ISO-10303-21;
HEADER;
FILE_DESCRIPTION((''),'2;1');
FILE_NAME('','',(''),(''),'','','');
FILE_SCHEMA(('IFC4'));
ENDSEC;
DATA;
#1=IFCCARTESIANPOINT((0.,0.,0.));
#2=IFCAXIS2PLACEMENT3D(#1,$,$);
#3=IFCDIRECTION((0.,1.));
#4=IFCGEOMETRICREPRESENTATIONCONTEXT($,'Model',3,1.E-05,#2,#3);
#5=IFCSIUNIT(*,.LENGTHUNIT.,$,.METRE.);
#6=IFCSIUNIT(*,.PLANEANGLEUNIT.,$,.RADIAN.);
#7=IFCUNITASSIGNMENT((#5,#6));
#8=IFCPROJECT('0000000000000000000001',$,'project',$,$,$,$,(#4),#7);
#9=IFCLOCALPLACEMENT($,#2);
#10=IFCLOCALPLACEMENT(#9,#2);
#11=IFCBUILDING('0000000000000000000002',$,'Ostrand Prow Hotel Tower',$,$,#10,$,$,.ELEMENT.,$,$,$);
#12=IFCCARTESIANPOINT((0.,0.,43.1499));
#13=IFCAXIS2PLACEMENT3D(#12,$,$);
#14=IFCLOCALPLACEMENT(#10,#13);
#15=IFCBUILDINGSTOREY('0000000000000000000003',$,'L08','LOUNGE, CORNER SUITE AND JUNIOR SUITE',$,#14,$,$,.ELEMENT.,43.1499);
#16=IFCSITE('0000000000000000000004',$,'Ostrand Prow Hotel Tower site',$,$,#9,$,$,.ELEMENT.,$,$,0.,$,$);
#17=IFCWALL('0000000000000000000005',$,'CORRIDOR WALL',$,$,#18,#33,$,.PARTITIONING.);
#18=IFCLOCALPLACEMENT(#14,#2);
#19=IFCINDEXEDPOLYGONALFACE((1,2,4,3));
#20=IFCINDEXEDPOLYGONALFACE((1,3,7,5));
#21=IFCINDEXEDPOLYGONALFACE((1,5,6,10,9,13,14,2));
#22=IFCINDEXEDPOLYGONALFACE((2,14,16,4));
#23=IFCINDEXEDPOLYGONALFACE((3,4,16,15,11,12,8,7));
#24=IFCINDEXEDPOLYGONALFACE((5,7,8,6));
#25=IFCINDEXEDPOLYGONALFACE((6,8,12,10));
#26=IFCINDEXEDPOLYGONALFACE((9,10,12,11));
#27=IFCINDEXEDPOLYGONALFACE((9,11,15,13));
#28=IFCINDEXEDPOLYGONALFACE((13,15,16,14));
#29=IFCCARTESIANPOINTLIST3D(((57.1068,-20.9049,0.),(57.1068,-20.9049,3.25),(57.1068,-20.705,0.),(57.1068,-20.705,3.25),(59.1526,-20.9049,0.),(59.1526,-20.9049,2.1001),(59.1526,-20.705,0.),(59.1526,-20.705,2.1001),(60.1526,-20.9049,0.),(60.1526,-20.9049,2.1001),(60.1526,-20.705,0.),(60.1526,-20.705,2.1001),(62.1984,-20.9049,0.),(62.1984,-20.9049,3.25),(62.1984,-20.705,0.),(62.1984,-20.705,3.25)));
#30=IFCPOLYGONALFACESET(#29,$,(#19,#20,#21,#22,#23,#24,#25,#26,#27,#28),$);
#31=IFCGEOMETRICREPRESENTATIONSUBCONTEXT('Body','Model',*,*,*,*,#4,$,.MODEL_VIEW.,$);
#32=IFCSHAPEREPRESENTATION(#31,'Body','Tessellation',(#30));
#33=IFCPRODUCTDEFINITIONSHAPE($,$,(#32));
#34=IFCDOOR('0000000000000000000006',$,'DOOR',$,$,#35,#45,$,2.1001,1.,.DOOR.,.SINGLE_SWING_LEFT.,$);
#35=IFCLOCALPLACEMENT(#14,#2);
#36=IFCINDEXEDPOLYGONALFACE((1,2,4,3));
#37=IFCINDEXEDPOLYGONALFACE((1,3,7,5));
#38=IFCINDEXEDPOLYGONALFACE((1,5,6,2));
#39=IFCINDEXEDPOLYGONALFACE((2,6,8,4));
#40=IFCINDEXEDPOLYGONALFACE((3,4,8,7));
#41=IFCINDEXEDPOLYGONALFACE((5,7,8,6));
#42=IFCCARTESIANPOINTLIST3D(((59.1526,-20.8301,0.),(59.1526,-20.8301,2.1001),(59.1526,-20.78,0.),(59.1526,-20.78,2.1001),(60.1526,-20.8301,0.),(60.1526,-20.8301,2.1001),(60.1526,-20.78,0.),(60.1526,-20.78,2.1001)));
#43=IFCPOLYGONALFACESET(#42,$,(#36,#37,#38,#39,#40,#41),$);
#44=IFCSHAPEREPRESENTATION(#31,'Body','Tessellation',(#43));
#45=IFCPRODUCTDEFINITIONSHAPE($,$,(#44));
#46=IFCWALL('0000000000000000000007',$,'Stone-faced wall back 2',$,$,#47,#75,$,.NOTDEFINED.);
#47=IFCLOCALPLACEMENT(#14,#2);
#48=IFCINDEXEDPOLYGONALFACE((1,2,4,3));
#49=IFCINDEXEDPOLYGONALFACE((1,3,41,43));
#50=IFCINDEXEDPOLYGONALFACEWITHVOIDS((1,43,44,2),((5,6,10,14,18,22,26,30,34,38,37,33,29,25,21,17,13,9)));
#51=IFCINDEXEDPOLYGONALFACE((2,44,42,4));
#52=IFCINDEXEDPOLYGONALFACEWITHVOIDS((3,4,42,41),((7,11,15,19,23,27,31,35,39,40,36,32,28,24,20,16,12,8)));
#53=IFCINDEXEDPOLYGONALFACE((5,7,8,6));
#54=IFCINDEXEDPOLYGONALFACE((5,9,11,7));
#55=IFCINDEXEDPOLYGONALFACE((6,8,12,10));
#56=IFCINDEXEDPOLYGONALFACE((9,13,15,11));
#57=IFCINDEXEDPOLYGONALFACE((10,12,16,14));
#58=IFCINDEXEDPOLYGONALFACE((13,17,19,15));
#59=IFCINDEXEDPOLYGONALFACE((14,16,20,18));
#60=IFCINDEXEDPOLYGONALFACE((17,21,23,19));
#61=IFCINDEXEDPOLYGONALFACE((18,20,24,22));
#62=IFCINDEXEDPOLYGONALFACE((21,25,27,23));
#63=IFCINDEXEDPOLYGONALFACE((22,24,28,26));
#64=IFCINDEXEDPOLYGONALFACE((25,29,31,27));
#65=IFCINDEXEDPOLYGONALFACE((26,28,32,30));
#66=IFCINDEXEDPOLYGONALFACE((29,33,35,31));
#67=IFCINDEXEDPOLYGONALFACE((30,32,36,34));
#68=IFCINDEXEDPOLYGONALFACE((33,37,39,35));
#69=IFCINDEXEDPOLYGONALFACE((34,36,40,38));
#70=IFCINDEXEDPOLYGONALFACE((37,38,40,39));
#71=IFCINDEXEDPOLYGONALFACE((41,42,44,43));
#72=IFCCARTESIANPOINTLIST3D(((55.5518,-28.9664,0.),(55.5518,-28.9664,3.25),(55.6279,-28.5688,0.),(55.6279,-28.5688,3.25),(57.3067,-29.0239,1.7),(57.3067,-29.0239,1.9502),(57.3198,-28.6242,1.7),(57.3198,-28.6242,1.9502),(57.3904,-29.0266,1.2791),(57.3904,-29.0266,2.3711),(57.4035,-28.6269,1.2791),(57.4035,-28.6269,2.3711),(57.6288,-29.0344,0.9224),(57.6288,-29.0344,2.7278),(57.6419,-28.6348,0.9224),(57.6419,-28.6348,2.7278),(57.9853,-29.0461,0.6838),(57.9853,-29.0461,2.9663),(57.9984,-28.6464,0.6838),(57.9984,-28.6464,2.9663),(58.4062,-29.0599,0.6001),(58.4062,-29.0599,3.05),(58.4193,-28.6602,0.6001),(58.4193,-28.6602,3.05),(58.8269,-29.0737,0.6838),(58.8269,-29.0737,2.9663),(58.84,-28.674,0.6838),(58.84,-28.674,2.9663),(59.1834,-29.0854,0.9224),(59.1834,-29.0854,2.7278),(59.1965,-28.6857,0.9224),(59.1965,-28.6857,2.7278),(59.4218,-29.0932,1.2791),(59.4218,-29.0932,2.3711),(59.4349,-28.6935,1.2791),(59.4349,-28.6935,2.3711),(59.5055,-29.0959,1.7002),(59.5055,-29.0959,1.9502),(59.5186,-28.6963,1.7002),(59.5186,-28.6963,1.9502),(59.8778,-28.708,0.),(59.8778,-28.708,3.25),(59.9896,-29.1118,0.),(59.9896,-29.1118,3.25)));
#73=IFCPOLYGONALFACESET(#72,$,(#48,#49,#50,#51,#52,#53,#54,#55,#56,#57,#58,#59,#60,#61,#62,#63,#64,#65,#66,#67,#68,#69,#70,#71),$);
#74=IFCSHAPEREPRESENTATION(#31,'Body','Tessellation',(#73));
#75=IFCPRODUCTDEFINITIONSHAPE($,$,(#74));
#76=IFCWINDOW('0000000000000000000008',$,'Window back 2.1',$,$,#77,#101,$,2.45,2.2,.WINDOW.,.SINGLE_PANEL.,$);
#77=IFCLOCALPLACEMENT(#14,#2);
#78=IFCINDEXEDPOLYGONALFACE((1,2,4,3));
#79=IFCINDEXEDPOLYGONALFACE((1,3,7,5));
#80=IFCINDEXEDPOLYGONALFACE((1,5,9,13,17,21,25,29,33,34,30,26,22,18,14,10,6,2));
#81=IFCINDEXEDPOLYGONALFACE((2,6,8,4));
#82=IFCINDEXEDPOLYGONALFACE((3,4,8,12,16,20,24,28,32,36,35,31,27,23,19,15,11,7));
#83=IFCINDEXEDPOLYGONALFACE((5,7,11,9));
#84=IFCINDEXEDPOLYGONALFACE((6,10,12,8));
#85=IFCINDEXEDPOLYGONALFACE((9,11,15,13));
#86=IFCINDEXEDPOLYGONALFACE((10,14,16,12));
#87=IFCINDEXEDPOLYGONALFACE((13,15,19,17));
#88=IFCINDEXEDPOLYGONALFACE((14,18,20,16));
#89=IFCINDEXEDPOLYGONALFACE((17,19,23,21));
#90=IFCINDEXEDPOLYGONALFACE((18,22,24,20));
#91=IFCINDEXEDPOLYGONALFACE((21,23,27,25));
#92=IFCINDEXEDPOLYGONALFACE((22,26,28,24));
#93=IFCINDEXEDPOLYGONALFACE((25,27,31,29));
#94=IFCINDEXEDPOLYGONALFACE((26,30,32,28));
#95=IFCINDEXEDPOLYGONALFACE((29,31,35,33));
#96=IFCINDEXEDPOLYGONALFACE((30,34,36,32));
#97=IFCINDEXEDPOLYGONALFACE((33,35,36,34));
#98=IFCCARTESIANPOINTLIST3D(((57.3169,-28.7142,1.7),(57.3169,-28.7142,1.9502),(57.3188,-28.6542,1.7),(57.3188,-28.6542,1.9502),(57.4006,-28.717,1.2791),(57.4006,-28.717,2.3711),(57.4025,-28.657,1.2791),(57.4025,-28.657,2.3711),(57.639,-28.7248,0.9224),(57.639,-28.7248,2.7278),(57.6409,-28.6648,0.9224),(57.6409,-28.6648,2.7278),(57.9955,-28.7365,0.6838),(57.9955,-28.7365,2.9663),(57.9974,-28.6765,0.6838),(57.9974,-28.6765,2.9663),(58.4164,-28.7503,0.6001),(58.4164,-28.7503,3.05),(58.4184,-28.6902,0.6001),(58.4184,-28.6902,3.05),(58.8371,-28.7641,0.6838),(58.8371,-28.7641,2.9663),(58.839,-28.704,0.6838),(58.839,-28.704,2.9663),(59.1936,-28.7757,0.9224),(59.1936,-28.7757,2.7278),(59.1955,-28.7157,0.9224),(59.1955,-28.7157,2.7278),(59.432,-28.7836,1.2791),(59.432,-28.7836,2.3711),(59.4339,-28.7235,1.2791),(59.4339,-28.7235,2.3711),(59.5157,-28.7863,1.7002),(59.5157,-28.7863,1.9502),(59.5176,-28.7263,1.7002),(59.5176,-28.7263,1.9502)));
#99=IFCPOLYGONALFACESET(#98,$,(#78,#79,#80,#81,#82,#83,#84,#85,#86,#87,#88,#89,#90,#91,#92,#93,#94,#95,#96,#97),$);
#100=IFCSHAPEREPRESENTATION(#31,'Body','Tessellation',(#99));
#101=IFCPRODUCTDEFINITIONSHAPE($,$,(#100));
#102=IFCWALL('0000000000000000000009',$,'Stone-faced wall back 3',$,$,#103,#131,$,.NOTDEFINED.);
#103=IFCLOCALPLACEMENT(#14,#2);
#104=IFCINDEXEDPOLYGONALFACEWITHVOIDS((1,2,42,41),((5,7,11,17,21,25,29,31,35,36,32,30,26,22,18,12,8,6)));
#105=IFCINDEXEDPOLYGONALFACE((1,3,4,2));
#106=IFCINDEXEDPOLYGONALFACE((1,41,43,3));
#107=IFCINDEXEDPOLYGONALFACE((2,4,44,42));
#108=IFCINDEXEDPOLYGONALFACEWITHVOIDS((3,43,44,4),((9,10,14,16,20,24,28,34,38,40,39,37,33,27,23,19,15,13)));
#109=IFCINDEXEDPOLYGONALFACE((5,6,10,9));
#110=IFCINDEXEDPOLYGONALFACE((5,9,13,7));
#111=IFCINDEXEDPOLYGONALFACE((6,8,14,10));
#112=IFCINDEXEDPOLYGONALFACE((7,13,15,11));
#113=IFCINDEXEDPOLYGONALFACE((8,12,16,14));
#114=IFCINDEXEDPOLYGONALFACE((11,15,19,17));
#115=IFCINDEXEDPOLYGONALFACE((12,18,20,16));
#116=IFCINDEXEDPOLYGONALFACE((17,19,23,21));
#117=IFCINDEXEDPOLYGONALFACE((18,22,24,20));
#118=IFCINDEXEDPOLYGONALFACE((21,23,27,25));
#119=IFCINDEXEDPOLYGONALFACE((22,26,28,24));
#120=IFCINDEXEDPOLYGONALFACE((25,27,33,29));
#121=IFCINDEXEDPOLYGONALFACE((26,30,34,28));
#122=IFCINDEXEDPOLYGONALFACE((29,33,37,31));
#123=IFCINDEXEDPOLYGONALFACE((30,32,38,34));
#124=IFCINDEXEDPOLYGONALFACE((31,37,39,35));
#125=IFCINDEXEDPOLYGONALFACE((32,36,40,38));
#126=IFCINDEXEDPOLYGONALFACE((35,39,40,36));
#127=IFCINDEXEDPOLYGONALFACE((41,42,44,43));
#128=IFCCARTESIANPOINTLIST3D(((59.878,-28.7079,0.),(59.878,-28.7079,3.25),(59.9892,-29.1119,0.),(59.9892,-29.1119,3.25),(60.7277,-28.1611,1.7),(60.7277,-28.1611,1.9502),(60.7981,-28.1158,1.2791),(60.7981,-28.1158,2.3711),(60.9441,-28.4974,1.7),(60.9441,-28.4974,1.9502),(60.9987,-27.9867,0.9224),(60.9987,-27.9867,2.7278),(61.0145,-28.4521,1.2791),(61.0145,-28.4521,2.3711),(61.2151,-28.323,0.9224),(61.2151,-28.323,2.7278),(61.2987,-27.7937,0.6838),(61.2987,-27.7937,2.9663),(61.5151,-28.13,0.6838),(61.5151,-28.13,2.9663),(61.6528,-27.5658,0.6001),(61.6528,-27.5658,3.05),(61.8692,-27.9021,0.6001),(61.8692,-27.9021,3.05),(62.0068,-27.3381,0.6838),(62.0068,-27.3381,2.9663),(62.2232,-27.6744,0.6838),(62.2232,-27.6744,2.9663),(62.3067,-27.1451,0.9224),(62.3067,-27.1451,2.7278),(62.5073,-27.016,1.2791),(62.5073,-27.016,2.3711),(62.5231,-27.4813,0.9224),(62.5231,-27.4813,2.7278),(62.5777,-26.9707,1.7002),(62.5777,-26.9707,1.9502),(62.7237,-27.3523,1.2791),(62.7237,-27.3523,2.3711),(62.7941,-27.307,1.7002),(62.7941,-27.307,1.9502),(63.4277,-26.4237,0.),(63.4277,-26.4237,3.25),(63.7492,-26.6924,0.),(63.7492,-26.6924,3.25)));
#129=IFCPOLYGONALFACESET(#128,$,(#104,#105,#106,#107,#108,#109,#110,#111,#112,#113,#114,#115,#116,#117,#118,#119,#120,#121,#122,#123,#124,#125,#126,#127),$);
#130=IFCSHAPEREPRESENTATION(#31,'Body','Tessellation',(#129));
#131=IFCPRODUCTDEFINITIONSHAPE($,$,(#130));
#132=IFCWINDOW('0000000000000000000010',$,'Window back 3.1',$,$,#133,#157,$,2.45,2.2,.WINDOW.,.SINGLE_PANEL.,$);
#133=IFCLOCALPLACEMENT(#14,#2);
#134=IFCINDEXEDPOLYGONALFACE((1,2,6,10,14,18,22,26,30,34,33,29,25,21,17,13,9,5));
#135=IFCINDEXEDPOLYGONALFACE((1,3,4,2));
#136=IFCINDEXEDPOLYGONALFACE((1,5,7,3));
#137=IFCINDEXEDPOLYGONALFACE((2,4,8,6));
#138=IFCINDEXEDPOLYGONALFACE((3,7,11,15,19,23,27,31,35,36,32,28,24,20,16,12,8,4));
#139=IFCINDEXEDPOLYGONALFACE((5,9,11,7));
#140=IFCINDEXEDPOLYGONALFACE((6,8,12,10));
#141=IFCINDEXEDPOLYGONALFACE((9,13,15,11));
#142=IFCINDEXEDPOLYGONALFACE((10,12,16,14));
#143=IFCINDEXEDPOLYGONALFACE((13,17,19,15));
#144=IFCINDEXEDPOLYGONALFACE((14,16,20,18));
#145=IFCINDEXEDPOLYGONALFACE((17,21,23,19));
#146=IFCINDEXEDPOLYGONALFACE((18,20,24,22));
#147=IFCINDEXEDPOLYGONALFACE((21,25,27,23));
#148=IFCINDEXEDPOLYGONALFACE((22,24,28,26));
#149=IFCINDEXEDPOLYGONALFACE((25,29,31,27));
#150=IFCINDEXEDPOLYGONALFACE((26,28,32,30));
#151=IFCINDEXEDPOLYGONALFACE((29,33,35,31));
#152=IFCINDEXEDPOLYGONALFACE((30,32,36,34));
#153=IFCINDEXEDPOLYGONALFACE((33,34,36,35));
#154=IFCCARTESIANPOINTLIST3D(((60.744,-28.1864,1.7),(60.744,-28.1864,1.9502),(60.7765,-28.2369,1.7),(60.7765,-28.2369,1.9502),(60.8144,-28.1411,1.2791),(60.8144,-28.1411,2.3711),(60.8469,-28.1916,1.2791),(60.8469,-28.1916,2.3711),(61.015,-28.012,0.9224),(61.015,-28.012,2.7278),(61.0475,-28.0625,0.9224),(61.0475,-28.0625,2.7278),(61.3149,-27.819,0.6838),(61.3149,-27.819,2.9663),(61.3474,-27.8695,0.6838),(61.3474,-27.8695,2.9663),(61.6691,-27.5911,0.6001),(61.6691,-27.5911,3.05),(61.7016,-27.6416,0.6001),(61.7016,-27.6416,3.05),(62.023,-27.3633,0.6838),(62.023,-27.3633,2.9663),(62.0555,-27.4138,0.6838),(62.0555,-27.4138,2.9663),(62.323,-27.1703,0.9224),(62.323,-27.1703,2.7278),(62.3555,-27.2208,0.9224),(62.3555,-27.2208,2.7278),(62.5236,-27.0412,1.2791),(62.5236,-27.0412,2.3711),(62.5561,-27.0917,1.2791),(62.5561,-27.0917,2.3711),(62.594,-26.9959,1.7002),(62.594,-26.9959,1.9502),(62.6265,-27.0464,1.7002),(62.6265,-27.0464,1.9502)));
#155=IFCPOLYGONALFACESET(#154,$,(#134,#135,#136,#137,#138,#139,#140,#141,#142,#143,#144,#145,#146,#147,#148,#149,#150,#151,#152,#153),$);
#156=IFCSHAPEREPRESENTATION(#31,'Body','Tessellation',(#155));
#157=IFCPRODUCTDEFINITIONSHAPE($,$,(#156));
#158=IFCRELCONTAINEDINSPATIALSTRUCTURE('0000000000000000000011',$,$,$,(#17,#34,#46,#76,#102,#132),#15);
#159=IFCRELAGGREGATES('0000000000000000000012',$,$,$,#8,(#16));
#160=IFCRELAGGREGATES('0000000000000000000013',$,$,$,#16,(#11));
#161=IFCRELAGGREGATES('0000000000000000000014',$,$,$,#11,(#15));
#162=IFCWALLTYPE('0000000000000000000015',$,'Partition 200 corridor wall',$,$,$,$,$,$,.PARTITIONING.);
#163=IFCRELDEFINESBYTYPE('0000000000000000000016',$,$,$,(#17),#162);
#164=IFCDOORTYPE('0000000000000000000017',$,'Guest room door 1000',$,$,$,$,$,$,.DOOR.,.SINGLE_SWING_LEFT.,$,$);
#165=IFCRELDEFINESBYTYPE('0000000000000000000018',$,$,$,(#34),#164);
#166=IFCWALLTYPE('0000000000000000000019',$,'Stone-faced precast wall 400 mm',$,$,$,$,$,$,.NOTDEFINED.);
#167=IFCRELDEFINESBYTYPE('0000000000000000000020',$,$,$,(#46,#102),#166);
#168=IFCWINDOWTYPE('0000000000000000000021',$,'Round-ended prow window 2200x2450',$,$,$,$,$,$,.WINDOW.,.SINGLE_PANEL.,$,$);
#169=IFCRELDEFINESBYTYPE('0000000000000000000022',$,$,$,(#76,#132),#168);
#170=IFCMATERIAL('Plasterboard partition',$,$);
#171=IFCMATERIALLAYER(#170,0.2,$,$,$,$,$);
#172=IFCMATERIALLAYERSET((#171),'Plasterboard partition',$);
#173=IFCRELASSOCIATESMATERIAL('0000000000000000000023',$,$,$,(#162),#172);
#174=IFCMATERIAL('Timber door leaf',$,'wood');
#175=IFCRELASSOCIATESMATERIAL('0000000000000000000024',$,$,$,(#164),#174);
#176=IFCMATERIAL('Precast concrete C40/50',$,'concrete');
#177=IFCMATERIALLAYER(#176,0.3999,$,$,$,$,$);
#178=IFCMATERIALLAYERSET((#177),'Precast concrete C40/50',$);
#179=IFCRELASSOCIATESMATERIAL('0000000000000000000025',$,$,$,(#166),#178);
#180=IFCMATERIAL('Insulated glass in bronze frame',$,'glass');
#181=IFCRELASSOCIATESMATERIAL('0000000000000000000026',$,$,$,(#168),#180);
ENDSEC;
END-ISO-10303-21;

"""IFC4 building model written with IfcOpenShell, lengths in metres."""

from ifc_helpers import new_model, si_unit, direction, frame, frame_2d, origin, place, context, subcontext, project, spatial, polyline, rectangle, outline, extrude, material, layer, layer_set, type_object, element, fill, save


model = new_model("IFC4")

# Units and contexts
model_context = context("Model", 3, precision=1e-05, world=origin(), true_north=direction((0.0, 1.0)))
body_context = subcontext(model_context, "Body", "Model", "MODEL_VIEW")
ifc_project = project(units=[si_unit("LENGTHUNIT", "METRE"), si_unit("PLANEANGLEUNIT", "RADIAN")], contexts=[model_context])

# Site, building, storey
site_placement = place(None, origin())
site = spatial("IfcSite", under=ifc_project, at=site_placement, Name="Ostrand Prow Hotel Tower site", CompositionType="ELEMENT", RefElevation=0.0)
building_placement = place(site_placement, origin())
building = spatial("IfcBuilding", under=site, at=building_placement, Name="Ostrand Prow Hotel Tower", CompositionType="ELEMENT")
storey_placement = place(building_placement, frame((0.0, 0.0, 43.1499)))
storey = spatial("IfcBuildingStorey", under=building, at=storey_placement, Name="L08", Description="LOUNGE, CORNER SUITE AND JUNIOR SUITE", CompositionType="ELEMENT", Elevation=43.1499)

# Wall, opening, door
ifc_material_1 = material(Name="Plasterboard partition")
ifc_layer_1 = layer(ifc_material_1, 0.2)
ifc_layer_set_1 = layer_set([ifc_layer_1], Name="Plasterboard partition")
wall_type_1 = type_object("IfcWallType", Name="Partition 200 corridor wall", PredefinedType="PARTITIONING", material=ifc_layer_set_1)
wall_1_placement = place(storey_placement, frame((57.1067, -20.8049, 0.0), z_axis=(0.0, 0.0, 1.0), x_axis=(1.0, 0.0, 0.0)))
wall_1 = element("IfcWall", 1, at=wall_1_placement, inside=storey, type_object=wall_type_1, Name="CORRIDOR WALL", PredefinedType="PARTITIONING", context=body_context, shape_type="SweptSolid", body=[
    extrude(rectangle(XDim=5.0916, YDim=0.2, at=frame_2d((2.5459, 0.0))), origin(), (0.0, 0.0, 1.0), 3.25),
])
opening_1_placement = place(wall_1_placement, frame((2.0459, 0.0, 0.0)))
opening_1 = element("IfcOpeningElement", 2, at=opening_1_placement, cuts=wall_1, PredefinedType="OPENING", context=body_context, shape_type="SweptSolid", body=[
    extrude(rectangle(XDim=1.0, YDim=2.1001, at=frame_2d((0.5, 1.05))), frame((0.0, 0.1099, 0.0), z_axis=(0.0, -1.0, 0.0), x_axis=(1.0, 0.0, 0.0)), (0.0, 0.0, 1.0), 0.22),
])
ifc_material_2 = material(Name="Timber door leaf", Category="wood")
door_type_1 = type_object("IfcDoorType", Name="Guest room door 1000", OperationType="SINGLE_SWING_LEFT", PredefinedType="DOOR", material=ifc_material_2)
door_1_placement = place(opening_1_placement, origin())
door_1 = element("IfcDoor", 3, at=door_1_placement, inside=storey, type_object=door_type_1, Name="DOOR", OperationType="SINGLE_SWING_LEFT", OverallHeight=2.1001, OverallWidth=1.0, PredefinedType="DOOR", context=body_context, shape_type="SweptSolid", body=[
    extrude(rectangle(XDim=1.0, YDim=2.1001, at=frame_2d((0.5, 1.05))), frame((0.0, 0.0249, 0.0), z_axis=(0.0, -1.0, 0.0), x_axis=(1.0, 0.0, 0.0)), (0.0, 0.0, 1.0), 0.05),
])
fill(opening_1, door_1)

# Walls, openings, windows
ifc_material_3 = material(Name="Precast concrete C40/50", Category="concrete")
ifc_layer_2 = layer(ifc_material_3, 0.3999)
ifc_layer_set_2 = layer_set([ifc_layer_2], Name="Precast concrete C40/50")
wall_type_2 = type_object("IfcWallType", Name="Stone-faced precast wall 400 mm", PredefinedType="NOTDEFINED", material=ifc_layer_set_2)
wall_2_placement = place(storey_placement, frame((55.5898, -28.7676, 0.0), z_axis=(0.0, 0.0, 1.0), x_axis=(0.999464, -0.03275, 0.0)))
wall_2 = element("IfcWall", 4, at=wall_2_placement, inside=storey, type_object=wall_type_2, Name="Stone-faced wall back 2", PredefinedType="NOTDEFINED", context=body_context, shape_type="SweptSolid", body=[
    extrude(outline(polyline([(-0.0315, -0.2), (4.4087, -0.2), (4.2837, 0.2), (0.0315, 0.2), (-0.0315, -0.2)])), origin(), (0.0, 0.0, 1.0), 3.25),
])
opening_2_placement = place(wall_2_placement, frame((1.7244, 0.0, 0.6001)))
opening_2 = element("IfcOpeningElement", 5, at=opening_2_placement, cuts=wall_2, PredefinedType="OPENING", context=body_context, shape_type="SweptSolid", body=[
    extrude(outline(polyline([(0.0, 1.3501), (0.0837, 1.771), (0.3223, 2.1277), (0.679, 2.3662), (1.1001, 2.45), (1.521, 2.3662), (1.8777, 2.1277), (2.1162, 1.771), (2.2, 1.3501), (2.2, 1.1001), (2.1162, 0.679), (1.8777, 0.3223), (1.521, 0.0837), (1.1001, 0.0), (0.679, 0.0837), (0.3223, 0.3223), (0.0837, 0.679), (0.0, 1.0999), (0.0, 1.3501)])), frame((0.0, 0.21, 0.0), z_axis=(0.0, -1.0, 0.0), x_axis=(1.0, 0.0, 0.0)), (0.0, 0.0, 1.0), 0.4199),
])
ifc_material_4 = material(Name="Insulated glass in bronze frame", Category="glass")
window_type_1 = type_object("IfcWindowType", Name="Round-ended prow window 2200x2450", PartitioningType="SINGLE_PANEL", PredefinedType="WINDOW", material=ifc_material_4)
window_1_placement = place(opening_2_placement, origin())
window_1 = element("IfcWindow", 6, at=window_1_placement, inside=storey, type_object=window_type_1, Name="Window back 2.1", OverallHeight=2.45, OverallWidth=2.2, PartitioningType="SINGLE_PANEL", PredefinedType="WINDOW", context=body_context, shape_type="SweptSolid", body=[
    extrude(outline(polyline([(0.0, 1.3501), (0.0837, 1.771), (0.3223, 2.1277), (0.679, 2.3662), (1.1001, 2.45), (1.521, 2.3662), (1.8777, 2.1277), (2.1162, 1.771), (2.2, 1.3501), (2.2, 1.1001), (2.1162, 0.679), (1.8777, 0.3223), (1.521, 0.0837), (1.1001, 0.0), (0.679, 0.0837), (0.3223, 0.3223), (0.0837, 0.679), (0.0, 1.0999), (0.0, 1.3501)])), frame((0.0, 0.1699, 0.0), z_axis=(0.0, -1.0, 0.0), x_axis=(1.0, 0.0, 0.0)), (0.0, 0.0, 1.0), 0.0601),
])
fill(opening_2, window_1)
wall_3_placement = place(storey_placement, frame((59.9336, -28.9099, 0.0), z_axis=(0.0, 0.0, 1.0), x_axis=(0.840937, 0.541132, 0.0)))
wall_3 = element("IfcWall", 7, at=wall_3_placement, inside=storey, type_object=wall_type_2, Name="Stone-faced wall back 3", PredefinedType="NOTDEFINED", context=body_context, shape_type="SweptSolid", body=[
    extrude(outline(polyline([(-0.0625, -0.2), (4.4087, -0.2), (4.2837, 0.2), (0.0625, 0.2), (-0.0625, -0.2)])), origin(), (0.0, 0.0, 1.0), 3.25),
])
opening_3_placement = place(wall_3_placement, frame((1.073, 0.0, 0.6001)))
opening_3 = element("IfcOpeningElement", 8, at=opening_3_placement, cuts=wall_3, PredefinedType="OPENING", context=body_context, shape_type="SweptSolid", body=[
    extrude(outline(polyline([(0.0, 1.3501), (0.0837, 1.771), (0.3223, 2.1277), (0.679, 2.3662), (1.1001, 2.45), (1.521, 2.3662), (1.8777, 2.1277), (2.1162, 1.771), (2.2, 1.3501), (2.2, 1.1001), (2.1162, 0.679), (1.8777, 0.3223), (1.521, 0.0837), (1.1001, 0.0), (0.679, 0.0837), (0.3223, 0.3223), (0.0837, 0.679), (0.0, 1.0999), (0.0, 1.3501)])), frame((0.0, 0.21, 0.0), z_axis=(0.0, -1.0, 0.0), x_axis=(1.0, 0.0, 0.0)), (0.0, 0.0, 1.0), 0.4199),
])
window_2_placement = place(opening_3_placement, origin())
window_2 = element("IfcWindow", 9, at=window_2_placement, inside=storey, type_object=window_type_1, Name="Window back 3.1", OverallHeight=2.45, OverallWidth=2.2, PartitioningType="SINGLE_PANEL", PredefinedType="WINDOW", context=body_context, shape_type="SweptSolid", body=[
    extrude(outline(polyline([(0.0, 1.3501), (0.0837, 1.771), (0.3223, 2.1277), (0.679, 2.3662), (1.1001, 2.45), (1.521, 2.3662), (1.8777, 2.1277), (2.1162, 1.771), (2.2, 1.3501), (2.2, 1.1001), (2.1162, 0.679), (1.8777, 0.3223), (1.521, 0.0837), (1.1001, 0.0), (0.679, 0.0837), (0.3223, 0.3223), (0.0837, 0.679), (0.0, 1.0999), (0.0, 1.3501)])), frame((0.0, 0.1699, 0.0), z_axis=(0.0, -1.0, 0.0), x_axis=(1.0, 0.0, 0.0)), (0.0, 0.0, 1.0), 0.0601),
])
fill(opening_3, window_2)

save(model, "model.ifc")
